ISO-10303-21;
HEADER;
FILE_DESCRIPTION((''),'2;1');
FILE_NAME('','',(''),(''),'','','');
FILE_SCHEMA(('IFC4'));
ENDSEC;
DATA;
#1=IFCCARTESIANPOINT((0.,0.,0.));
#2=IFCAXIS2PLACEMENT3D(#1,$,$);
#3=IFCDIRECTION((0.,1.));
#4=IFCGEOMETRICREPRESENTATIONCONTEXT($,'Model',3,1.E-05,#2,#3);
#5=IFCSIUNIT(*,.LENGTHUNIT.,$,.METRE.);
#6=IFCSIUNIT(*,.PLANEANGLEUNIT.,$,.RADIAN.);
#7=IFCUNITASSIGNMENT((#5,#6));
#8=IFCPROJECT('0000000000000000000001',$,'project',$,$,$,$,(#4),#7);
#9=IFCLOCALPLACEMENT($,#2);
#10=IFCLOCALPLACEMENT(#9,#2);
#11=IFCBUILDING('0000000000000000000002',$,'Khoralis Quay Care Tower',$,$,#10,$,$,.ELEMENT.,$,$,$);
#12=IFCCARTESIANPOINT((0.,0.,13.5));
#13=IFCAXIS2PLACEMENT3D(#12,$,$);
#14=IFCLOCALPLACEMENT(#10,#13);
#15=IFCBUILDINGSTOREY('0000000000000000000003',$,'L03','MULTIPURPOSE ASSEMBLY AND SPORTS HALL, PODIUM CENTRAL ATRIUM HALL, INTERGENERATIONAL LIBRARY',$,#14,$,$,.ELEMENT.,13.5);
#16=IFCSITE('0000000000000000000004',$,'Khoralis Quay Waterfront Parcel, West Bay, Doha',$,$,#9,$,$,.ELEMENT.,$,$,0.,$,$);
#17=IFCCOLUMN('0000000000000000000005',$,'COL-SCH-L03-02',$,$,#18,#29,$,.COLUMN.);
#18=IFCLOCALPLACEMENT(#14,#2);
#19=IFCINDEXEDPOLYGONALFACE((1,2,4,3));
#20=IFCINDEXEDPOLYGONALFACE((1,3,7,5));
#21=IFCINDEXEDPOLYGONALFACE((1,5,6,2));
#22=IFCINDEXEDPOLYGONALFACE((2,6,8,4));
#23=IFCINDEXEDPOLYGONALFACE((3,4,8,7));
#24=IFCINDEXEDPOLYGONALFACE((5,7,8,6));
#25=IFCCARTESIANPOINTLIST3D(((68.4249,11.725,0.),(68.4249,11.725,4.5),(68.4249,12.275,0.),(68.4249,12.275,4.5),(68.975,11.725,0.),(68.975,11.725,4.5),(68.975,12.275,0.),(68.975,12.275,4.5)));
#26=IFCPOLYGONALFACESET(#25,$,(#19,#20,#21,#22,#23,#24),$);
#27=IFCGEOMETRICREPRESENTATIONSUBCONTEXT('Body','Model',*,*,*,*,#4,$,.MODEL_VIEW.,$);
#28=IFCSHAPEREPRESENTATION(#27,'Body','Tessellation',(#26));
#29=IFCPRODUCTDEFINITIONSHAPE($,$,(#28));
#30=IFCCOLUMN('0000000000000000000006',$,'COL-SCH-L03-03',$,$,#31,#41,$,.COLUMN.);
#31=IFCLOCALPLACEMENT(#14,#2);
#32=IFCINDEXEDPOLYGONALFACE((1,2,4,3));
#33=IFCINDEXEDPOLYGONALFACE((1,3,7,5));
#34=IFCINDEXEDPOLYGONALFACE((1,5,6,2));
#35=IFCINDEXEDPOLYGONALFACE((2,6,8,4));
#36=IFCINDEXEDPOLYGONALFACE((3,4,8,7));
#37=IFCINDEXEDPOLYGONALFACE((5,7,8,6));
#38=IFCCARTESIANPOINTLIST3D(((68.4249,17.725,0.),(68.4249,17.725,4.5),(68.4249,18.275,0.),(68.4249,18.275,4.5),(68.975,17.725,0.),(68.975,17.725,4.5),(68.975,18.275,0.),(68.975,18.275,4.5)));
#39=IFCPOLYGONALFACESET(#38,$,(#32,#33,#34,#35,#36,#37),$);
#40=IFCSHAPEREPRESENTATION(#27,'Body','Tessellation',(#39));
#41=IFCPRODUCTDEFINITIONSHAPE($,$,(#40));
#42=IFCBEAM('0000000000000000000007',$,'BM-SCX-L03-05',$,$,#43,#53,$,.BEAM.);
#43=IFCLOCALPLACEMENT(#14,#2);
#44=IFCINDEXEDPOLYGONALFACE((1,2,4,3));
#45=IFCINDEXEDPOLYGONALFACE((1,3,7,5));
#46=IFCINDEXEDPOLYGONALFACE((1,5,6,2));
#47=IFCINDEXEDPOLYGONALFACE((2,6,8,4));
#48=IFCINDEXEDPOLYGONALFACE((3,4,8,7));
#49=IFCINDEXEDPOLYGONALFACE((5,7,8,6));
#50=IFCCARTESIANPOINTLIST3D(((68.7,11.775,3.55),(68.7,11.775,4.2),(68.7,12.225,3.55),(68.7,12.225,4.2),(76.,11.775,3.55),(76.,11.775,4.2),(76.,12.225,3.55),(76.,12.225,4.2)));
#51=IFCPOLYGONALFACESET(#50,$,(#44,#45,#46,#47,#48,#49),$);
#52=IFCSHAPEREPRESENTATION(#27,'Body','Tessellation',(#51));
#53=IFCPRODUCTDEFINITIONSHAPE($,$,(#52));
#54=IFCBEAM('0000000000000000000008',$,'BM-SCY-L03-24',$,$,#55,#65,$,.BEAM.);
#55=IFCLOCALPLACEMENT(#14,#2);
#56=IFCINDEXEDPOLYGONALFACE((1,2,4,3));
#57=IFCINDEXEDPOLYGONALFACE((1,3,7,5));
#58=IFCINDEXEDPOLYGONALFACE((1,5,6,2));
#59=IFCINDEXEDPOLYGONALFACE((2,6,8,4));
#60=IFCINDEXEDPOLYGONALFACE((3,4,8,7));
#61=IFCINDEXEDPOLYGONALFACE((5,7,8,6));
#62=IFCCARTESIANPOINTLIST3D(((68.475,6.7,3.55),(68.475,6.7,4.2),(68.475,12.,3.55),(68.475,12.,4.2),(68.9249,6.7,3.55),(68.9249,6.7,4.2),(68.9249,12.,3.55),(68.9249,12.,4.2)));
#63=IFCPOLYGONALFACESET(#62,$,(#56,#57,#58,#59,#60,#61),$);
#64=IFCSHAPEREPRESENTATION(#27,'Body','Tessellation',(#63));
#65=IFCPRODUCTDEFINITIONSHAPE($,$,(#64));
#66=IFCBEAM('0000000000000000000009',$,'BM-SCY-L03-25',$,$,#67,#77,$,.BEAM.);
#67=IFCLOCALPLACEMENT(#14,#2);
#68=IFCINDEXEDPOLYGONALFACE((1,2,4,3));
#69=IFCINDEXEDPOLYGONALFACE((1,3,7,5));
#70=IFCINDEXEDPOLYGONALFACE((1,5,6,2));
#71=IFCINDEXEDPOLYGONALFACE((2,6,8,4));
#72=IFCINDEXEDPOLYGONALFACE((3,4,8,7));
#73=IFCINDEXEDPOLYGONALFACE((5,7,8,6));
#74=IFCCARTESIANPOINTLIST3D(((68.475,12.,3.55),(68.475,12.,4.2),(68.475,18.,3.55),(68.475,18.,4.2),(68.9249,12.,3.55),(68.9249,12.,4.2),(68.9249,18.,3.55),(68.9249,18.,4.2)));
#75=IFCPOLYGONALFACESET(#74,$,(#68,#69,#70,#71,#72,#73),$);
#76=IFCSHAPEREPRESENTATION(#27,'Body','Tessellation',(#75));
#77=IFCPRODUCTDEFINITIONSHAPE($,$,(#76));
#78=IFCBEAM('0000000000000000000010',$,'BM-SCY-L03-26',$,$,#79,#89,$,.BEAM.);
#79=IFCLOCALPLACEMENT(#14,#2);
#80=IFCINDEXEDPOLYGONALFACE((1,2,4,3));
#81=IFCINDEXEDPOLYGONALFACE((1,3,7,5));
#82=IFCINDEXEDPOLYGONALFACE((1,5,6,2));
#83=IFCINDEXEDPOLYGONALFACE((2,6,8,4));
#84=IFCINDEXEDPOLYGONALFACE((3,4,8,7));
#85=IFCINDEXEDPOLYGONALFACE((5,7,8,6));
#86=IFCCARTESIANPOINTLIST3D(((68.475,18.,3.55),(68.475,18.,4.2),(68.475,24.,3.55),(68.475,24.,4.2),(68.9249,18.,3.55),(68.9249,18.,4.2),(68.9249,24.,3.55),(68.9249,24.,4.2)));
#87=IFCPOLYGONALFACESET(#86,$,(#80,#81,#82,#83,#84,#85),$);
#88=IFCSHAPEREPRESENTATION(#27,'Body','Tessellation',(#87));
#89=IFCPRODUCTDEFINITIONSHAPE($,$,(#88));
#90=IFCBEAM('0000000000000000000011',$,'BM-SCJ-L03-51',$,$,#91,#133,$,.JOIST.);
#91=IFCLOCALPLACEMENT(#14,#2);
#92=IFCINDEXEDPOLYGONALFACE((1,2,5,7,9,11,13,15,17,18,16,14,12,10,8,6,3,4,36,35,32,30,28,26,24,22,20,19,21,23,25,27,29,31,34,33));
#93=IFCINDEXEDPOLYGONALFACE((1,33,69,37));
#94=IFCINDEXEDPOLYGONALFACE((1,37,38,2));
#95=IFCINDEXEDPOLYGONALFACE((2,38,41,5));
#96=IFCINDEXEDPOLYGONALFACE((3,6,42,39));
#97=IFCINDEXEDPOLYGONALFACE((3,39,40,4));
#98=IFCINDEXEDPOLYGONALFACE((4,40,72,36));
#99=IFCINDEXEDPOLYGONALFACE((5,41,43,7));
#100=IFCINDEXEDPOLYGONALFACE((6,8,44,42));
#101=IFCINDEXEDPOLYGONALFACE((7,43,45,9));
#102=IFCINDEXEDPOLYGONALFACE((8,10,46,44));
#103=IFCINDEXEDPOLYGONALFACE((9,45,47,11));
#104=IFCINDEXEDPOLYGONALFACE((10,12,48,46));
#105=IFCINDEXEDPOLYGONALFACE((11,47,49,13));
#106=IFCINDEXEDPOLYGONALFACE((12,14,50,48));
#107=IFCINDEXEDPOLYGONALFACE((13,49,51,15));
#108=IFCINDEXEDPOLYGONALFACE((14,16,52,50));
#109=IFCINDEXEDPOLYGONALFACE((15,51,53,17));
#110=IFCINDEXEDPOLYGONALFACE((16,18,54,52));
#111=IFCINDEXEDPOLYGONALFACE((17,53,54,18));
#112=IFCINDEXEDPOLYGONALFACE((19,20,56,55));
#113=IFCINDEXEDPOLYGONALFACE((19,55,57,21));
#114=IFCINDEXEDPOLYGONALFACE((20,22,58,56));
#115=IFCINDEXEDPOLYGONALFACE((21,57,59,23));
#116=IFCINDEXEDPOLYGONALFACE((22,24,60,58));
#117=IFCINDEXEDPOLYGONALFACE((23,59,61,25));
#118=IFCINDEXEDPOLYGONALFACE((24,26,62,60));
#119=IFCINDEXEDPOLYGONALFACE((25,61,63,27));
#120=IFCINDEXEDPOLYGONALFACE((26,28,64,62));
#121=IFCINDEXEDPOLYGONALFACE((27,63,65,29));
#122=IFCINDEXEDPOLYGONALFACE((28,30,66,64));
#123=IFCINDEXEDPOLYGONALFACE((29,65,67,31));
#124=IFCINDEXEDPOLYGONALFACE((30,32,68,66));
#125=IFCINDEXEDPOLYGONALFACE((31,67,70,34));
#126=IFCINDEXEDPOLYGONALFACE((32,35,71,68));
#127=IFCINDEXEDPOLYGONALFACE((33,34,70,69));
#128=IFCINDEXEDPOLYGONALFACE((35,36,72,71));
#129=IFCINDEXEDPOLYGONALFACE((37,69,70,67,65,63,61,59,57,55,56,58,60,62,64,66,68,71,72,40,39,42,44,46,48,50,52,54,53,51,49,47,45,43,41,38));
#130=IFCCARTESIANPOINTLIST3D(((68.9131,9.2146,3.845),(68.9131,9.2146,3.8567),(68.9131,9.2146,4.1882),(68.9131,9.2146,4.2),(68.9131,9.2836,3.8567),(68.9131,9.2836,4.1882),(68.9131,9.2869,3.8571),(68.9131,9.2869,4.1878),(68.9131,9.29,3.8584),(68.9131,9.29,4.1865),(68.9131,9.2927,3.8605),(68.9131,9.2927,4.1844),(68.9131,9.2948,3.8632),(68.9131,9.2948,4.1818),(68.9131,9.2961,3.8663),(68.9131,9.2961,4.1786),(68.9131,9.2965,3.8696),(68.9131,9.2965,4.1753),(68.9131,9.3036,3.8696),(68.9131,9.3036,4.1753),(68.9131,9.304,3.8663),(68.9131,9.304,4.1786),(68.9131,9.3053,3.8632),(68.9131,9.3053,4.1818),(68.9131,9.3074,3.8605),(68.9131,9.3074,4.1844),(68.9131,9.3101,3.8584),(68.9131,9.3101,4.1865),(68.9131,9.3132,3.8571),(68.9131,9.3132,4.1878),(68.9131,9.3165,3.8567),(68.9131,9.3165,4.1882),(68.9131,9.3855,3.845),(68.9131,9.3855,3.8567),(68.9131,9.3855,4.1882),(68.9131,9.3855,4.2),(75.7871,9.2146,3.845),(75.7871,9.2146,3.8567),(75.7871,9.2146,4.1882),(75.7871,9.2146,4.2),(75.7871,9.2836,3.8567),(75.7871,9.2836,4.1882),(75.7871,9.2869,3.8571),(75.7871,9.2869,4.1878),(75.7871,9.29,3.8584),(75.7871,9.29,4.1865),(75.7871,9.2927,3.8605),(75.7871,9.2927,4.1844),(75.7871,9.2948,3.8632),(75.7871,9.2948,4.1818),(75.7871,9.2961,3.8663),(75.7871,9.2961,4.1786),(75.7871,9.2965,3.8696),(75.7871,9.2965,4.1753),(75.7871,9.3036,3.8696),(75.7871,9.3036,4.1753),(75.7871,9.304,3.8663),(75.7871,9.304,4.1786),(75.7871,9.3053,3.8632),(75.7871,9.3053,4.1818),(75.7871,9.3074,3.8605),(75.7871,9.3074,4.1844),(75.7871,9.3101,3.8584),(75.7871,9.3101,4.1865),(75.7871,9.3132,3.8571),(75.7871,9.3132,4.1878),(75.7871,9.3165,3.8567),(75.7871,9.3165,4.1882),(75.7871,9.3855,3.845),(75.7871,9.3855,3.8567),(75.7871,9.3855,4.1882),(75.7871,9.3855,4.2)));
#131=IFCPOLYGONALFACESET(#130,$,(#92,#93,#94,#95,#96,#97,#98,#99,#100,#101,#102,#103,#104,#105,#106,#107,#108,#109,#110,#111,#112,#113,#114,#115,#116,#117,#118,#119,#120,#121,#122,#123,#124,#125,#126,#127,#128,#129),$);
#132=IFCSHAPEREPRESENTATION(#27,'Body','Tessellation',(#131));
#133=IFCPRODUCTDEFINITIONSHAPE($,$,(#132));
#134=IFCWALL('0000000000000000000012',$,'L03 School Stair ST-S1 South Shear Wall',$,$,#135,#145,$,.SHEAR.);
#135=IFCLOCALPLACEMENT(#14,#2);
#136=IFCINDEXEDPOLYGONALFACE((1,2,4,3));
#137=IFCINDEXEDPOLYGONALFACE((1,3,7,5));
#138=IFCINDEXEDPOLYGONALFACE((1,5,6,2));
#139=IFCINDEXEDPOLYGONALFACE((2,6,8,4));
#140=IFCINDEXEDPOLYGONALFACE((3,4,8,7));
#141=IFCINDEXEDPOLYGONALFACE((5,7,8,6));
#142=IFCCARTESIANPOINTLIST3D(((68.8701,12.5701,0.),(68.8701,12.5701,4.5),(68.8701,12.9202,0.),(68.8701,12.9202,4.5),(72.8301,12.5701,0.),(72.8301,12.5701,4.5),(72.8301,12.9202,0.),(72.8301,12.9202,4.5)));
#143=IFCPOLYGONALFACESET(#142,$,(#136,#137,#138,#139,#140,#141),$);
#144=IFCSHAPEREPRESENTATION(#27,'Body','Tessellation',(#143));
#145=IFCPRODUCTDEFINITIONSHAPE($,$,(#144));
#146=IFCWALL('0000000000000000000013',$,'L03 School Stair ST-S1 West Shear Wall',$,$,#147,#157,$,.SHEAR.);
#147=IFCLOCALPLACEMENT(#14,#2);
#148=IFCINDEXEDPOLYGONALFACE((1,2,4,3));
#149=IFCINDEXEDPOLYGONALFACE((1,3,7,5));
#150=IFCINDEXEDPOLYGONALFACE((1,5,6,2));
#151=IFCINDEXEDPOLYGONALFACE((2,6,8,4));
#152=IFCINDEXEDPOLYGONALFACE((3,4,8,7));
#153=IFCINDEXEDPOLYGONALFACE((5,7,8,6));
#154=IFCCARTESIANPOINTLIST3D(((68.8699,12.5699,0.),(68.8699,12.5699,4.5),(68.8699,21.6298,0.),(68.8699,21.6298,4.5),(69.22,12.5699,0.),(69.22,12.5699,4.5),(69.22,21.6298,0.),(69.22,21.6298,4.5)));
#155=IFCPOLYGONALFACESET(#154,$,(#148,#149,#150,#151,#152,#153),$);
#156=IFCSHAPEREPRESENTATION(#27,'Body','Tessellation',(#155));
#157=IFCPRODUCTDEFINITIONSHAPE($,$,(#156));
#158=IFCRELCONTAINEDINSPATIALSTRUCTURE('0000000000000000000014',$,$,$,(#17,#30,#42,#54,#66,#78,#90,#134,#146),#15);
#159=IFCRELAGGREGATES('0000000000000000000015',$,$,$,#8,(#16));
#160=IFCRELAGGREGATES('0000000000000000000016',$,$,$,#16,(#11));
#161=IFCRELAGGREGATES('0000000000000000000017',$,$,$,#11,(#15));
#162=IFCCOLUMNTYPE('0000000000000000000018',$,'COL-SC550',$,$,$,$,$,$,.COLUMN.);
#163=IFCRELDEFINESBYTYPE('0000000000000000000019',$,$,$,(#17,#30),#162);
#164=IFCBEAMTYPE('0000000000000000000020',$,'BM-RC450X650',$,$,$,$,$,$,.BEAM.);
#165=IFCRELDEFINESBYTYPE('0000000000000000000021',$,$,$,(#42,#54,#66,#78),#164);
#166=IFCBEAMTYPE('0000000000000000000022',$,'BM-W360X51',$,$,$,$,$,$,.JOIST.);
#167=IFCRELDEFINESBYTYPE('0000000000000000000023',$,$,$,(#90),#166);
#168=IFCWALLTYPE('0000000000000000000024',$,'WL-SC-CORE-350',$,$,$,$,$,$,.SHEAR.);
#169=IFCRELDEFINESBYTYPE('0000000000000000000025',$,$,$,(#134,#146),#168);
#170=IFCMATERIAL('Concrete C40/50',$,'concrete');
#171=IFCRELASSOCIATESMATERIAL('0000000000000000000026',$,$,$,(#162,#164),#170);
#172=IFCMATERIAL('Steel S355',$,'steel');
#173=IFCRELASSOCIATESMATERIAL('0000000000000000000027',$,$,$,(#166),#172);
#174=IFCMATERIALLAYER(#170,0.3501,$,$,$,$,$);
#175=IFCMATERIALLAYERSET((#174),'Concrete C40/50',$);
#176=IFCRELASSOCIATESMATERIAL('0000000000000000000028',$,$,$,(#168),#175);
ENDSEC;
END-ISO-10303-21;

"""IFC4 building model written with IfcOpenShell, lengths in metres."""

from ifc_helpers import new_model, si_unit, direction, frame, frame_2d, origin, origin_2d, place, context, subcontext, project, spatial, rectangle, i_section, extrude, source, transform, mapped, material, layer, layer_set, material_profile, profile_set, type_object, element, save


model = new_model("IFC4")

# Units and contexts
model_context = context("Model", 3, precision=1e-05, world=origin(), true_north=direction((0.0, 1.0)))
body_context = subcontext(model_context, "Body", "Model", "MODEL_VIEW")
ifc_project = project(units=[si_unit("LENGTHUNIT", "METRE"), si_unit("PLANEANGLEUNIT", "RADIAN")], contexts=[model_context])

# Site, building, storey
site_placement = place(None, origin())
site = spatial("IfcSite", under=ifc_project, at=site_placement, Name="Khoralis Quay Waterfront Parcel, West Bay, Doha", CompositionType="ELEMENT", RefElevation=0.0)
building_placement = place(site_placement, origin())
building = spatial("IfcBuilding", under=site, at=building_placement, Name="Khoralis Quay Care Tower", CompositionType="ELEMENT")
storey_placement = place(building_placement, frame((0.0, 0.0, 13.5)))
storey = spatial("IfcBuildingStorey", under=building, at=storey_placement, Name="L03", Description="MULTIPURPOSE ASSEMBLY AND SPORTS HALL, PODIUM CENTRAL ATRIUM HALL, INTERGENERATIONAL LIBRARY", CompositionType="ELEMENT", Elevation=13.5)

# Columns
ifc_material_1 = material(Name="Concrete C40/50", Category="concrete")
ifc_material_profile_1 = material_profile(ifc_material_1, rectangle(XDim=0.55, YDim=0.55, at=origin_2d()), Name="Concrete C40/50")
ifc_profile_set_1 = profile_set([ifc_material_profile_1], Name="Concrete C40/50")
column_type = type_object("IfcColumnType", Name="COL-SC550", PredefinedType="COLUMN", material=ifc_profile_set_1)
shared_shape_1 = source(origin(), body_context, "Body", "SweptSolid", [
    extrude(rectangle(XDim=0.55, YDim=0.55, at=origin_2d()), origin(), (0.0, 0.0, 1.0), 4.5),
])
for number, where, z_axis, x_axis, name in (
    (1, (68.7, 12.0, 0.0), (0.0, 0.0, 1.0), (1.0, 0.0, 0.0), "COL-SCH-L03-02"),
    (2, (68.7, 18.0, 0.0), (0.0, 0.0, 1.0), (1.0, 0.0, 0.0), "COL-SCH-L03-03"),
):
    element("IfcColumn", number, at=place(storey_placement, frame(where, z_axis=z_axis, x_axis=x_axis)), inside=storey, type_object=column_type, Name=name, PredefinedType="COLUMN", context=body_context, shape_type="MappedRepresentation", body=[
        mapped(shared_shape_1, transform((0.0, 0.0, 0.0), scale=1.0)),
    ])

# Beams
ifc_material_profile_2 = material_profile(ifc_material_1, rectangle(XDim=0.45, YDim=0.6499, at=origin_2d()), Name="Concrete C40/50")
ifc_profile_set_2 = profile_set([ifc_material_profile_2], Name="Concrete C40/50")
beam_type_1 = type_object("IfcBeamType", Name="BM-RC450X650", PredefinedType="BEAM", material=ifc_profile_set_2)
shared_shape_2 = source(origin(), body_context, "Body", "SweptSolid", [
    extrude(rectangle(XDim=0.45, YDim=0.6499, at=origin_2d()), origin(), (0.0, 0.0, 1.0), 7.3),
])
beam_1_placement = place(storey_placement, frame((68.7, 12.0, 3.875), z_axis=(1.0, 0.0, 0.0), x_axis=(0.0, 1.0, 0.0)))
element("IfcBeam", 3, at=beam_1_placement, inside=storey, type_object=beam_type_1, Name="BM-SCX-L03-05", PredefinedType="BEAM", context=body_context, shape_type="MappedRepresentation", body=[
    mapped(shared_shape_2, transform((0.0, 0.0, 0.0), scale=1.0)),
])
shared_shape_3 = source(origin(), body_context, "Body", "SweptSolid", [
    extrude(rectangle(XDim=0.45, YDim=0.6499, at=origin_2d()), origin(), (0.0, 0.0, 1.0), 5.3),
])
beam_2_placement = place(storey_placement, frame((68.7, 6.7, 3.875), z_axis=(0.0, 1.0, 0.0), x_axis=(-1.0, 0.0, 0.0)))
element("IfcBeam", 4, at=beam_2_placement, inside=storey, type_object=beam_type_1, Name="BM-SCY-L03-24", PredefinedType="BEAM", context=body_context, shape_type="MappedRepresentation", body=[
    mapped(shared_shape_3, transform((0.0, 0.0, 0.0), scale=1.0)),
])
shared_shape_4 = source(origin(), body_context, "Body", "SweptSolid", [
    extrude(rectangle(XDim=0.45, YDim=0.6499, at=origin_2d()), origin(), (0.0, 0.0, 1.0), 6.0),
])
for number, where, z_axis, x_axis, name in (
    (5, (68.7, 12.0, 3.875), (0.0, 1.0, 0.0), (-1.0, 0.0, 0.0), "BM-SCY-L03-25"),
    (6, (68.7, 18.0, 3.875), (0.0, 1.0, 0.0), (-1.0, 0.0, 0.0), "BM-SCY-L03-26"),
):
    element("IfcBeam", number, at=place(storey_placement, frame(where, z_axis=z_axis, x_axis=x_axis)), inside=storey, type_object=beam_type_1, Name=name, PredefinedType="BEAM", context=body_context, shape_type="MappedRepresentation", body=[
        mapped(shared_shape_4, transform((0.0, 0.0, 0.0), scale=1.0)),
    ])
ifc_material_2 = material(Name="Steel S355", Category="steel")
ifc_material_profile_3 = material_profile(ifc_material_2, i_section(OverallWidth=0.1709, OverallDepth=0.355, WebThickness=0.0071, FlangeThickness=0.0117, FilletRadius=0.0129, at=origin_2d()), Name="Steel S355")
ifc_profile_set_3 = profile_set([ifc_material_profile_3], Name="Steel S355")
beam_type_2 = type_object("IfcBeamType", Name="BM-W360X51", PredefinedType="JOIST", material=ifc_profile_set_3)
shared_shape_5 = source(origin(), body_context, "Body", "SweptSolid", [
    extrude(i_section(OverallWidth=0.1709, OverallDepth=0.355, WebThickness=0.0071, FlangeThickness=0.0117, FilletRadius=0.0129, at=origin_2d()), origin(), (0.0, 0.0, 1.0), 6.874),
])
beam_3_placement = place(storey_placement, frame((68.9131, 9.3, 4.0225), z_axis=(1.0, 0.0, 0.0), x_axis=(0.0, 1.0, 0.0)))
element("IfcBeam", 7, at=beam_3_placement, inside=storey, type_object=beam_type_2, Name="BM-SCJ-L03-51", PredefinedType="JOIST", context=body_context, shape_type="MappedRepresentation", body=[
    mapped(shared_shape_5, transform((0.0, 0.0, 0.0), scale=1.0)),
])

# Walls
ifc_layer = layer(ifc_material_1, 0.3501)
ifc_layer_set = layer_set([ifc_layer], Name="Concrete C40/50")
wall_type = type_object("IfcWallType", Name="WL-SC-CORE-350", PredefinedType="SHEAR", material=ifc_layer_set)
wall_1_placement = place(storey_placement, frame((68.8701, 12.7451, 0.0), z_axis=(0.0, 0.0, 1.0), x_axis=(1.0, 0.0, 0.0)))
element("IfcWall", 8, at=wall_1_placement, inside=storey, type_object=wall_type, Name="L03 School Stair ST-S1 South Shear Wall", PredefinedType="SHEAR", context=body_context, shape_type="SweptSolid", body=[
    extrude(rectangle(XDim=3.96, YDim=0.3501, at=frame_2d((1.98, 0.0))), origin(), (0.0, 0.0, 1.0), 4.5),
])
wall_2_placement = place(storey_placement, frame((69.0449, 12.5701, 0.0), z_axis=(0.0, 0.0, 1.0), x_axis=(0.0, 1.0, 0.0)))
element("IfcWall", 9, at=wall_2_placement, inside=storey, type_object=wall_type, Name="L03 School Stair ST-S1 West Shear Wall", PredefinedType="SHEAR", context=body_context, shape_type="SweptSolid", body=[
    extrude(rectangle(XDim=9.0598, YDim=0.3501, at=frame_2d((4.5298, 0.0))), origin(), (0.0, 0.0, 1.0), 4.5),
])

save(model, "model.ifc")
